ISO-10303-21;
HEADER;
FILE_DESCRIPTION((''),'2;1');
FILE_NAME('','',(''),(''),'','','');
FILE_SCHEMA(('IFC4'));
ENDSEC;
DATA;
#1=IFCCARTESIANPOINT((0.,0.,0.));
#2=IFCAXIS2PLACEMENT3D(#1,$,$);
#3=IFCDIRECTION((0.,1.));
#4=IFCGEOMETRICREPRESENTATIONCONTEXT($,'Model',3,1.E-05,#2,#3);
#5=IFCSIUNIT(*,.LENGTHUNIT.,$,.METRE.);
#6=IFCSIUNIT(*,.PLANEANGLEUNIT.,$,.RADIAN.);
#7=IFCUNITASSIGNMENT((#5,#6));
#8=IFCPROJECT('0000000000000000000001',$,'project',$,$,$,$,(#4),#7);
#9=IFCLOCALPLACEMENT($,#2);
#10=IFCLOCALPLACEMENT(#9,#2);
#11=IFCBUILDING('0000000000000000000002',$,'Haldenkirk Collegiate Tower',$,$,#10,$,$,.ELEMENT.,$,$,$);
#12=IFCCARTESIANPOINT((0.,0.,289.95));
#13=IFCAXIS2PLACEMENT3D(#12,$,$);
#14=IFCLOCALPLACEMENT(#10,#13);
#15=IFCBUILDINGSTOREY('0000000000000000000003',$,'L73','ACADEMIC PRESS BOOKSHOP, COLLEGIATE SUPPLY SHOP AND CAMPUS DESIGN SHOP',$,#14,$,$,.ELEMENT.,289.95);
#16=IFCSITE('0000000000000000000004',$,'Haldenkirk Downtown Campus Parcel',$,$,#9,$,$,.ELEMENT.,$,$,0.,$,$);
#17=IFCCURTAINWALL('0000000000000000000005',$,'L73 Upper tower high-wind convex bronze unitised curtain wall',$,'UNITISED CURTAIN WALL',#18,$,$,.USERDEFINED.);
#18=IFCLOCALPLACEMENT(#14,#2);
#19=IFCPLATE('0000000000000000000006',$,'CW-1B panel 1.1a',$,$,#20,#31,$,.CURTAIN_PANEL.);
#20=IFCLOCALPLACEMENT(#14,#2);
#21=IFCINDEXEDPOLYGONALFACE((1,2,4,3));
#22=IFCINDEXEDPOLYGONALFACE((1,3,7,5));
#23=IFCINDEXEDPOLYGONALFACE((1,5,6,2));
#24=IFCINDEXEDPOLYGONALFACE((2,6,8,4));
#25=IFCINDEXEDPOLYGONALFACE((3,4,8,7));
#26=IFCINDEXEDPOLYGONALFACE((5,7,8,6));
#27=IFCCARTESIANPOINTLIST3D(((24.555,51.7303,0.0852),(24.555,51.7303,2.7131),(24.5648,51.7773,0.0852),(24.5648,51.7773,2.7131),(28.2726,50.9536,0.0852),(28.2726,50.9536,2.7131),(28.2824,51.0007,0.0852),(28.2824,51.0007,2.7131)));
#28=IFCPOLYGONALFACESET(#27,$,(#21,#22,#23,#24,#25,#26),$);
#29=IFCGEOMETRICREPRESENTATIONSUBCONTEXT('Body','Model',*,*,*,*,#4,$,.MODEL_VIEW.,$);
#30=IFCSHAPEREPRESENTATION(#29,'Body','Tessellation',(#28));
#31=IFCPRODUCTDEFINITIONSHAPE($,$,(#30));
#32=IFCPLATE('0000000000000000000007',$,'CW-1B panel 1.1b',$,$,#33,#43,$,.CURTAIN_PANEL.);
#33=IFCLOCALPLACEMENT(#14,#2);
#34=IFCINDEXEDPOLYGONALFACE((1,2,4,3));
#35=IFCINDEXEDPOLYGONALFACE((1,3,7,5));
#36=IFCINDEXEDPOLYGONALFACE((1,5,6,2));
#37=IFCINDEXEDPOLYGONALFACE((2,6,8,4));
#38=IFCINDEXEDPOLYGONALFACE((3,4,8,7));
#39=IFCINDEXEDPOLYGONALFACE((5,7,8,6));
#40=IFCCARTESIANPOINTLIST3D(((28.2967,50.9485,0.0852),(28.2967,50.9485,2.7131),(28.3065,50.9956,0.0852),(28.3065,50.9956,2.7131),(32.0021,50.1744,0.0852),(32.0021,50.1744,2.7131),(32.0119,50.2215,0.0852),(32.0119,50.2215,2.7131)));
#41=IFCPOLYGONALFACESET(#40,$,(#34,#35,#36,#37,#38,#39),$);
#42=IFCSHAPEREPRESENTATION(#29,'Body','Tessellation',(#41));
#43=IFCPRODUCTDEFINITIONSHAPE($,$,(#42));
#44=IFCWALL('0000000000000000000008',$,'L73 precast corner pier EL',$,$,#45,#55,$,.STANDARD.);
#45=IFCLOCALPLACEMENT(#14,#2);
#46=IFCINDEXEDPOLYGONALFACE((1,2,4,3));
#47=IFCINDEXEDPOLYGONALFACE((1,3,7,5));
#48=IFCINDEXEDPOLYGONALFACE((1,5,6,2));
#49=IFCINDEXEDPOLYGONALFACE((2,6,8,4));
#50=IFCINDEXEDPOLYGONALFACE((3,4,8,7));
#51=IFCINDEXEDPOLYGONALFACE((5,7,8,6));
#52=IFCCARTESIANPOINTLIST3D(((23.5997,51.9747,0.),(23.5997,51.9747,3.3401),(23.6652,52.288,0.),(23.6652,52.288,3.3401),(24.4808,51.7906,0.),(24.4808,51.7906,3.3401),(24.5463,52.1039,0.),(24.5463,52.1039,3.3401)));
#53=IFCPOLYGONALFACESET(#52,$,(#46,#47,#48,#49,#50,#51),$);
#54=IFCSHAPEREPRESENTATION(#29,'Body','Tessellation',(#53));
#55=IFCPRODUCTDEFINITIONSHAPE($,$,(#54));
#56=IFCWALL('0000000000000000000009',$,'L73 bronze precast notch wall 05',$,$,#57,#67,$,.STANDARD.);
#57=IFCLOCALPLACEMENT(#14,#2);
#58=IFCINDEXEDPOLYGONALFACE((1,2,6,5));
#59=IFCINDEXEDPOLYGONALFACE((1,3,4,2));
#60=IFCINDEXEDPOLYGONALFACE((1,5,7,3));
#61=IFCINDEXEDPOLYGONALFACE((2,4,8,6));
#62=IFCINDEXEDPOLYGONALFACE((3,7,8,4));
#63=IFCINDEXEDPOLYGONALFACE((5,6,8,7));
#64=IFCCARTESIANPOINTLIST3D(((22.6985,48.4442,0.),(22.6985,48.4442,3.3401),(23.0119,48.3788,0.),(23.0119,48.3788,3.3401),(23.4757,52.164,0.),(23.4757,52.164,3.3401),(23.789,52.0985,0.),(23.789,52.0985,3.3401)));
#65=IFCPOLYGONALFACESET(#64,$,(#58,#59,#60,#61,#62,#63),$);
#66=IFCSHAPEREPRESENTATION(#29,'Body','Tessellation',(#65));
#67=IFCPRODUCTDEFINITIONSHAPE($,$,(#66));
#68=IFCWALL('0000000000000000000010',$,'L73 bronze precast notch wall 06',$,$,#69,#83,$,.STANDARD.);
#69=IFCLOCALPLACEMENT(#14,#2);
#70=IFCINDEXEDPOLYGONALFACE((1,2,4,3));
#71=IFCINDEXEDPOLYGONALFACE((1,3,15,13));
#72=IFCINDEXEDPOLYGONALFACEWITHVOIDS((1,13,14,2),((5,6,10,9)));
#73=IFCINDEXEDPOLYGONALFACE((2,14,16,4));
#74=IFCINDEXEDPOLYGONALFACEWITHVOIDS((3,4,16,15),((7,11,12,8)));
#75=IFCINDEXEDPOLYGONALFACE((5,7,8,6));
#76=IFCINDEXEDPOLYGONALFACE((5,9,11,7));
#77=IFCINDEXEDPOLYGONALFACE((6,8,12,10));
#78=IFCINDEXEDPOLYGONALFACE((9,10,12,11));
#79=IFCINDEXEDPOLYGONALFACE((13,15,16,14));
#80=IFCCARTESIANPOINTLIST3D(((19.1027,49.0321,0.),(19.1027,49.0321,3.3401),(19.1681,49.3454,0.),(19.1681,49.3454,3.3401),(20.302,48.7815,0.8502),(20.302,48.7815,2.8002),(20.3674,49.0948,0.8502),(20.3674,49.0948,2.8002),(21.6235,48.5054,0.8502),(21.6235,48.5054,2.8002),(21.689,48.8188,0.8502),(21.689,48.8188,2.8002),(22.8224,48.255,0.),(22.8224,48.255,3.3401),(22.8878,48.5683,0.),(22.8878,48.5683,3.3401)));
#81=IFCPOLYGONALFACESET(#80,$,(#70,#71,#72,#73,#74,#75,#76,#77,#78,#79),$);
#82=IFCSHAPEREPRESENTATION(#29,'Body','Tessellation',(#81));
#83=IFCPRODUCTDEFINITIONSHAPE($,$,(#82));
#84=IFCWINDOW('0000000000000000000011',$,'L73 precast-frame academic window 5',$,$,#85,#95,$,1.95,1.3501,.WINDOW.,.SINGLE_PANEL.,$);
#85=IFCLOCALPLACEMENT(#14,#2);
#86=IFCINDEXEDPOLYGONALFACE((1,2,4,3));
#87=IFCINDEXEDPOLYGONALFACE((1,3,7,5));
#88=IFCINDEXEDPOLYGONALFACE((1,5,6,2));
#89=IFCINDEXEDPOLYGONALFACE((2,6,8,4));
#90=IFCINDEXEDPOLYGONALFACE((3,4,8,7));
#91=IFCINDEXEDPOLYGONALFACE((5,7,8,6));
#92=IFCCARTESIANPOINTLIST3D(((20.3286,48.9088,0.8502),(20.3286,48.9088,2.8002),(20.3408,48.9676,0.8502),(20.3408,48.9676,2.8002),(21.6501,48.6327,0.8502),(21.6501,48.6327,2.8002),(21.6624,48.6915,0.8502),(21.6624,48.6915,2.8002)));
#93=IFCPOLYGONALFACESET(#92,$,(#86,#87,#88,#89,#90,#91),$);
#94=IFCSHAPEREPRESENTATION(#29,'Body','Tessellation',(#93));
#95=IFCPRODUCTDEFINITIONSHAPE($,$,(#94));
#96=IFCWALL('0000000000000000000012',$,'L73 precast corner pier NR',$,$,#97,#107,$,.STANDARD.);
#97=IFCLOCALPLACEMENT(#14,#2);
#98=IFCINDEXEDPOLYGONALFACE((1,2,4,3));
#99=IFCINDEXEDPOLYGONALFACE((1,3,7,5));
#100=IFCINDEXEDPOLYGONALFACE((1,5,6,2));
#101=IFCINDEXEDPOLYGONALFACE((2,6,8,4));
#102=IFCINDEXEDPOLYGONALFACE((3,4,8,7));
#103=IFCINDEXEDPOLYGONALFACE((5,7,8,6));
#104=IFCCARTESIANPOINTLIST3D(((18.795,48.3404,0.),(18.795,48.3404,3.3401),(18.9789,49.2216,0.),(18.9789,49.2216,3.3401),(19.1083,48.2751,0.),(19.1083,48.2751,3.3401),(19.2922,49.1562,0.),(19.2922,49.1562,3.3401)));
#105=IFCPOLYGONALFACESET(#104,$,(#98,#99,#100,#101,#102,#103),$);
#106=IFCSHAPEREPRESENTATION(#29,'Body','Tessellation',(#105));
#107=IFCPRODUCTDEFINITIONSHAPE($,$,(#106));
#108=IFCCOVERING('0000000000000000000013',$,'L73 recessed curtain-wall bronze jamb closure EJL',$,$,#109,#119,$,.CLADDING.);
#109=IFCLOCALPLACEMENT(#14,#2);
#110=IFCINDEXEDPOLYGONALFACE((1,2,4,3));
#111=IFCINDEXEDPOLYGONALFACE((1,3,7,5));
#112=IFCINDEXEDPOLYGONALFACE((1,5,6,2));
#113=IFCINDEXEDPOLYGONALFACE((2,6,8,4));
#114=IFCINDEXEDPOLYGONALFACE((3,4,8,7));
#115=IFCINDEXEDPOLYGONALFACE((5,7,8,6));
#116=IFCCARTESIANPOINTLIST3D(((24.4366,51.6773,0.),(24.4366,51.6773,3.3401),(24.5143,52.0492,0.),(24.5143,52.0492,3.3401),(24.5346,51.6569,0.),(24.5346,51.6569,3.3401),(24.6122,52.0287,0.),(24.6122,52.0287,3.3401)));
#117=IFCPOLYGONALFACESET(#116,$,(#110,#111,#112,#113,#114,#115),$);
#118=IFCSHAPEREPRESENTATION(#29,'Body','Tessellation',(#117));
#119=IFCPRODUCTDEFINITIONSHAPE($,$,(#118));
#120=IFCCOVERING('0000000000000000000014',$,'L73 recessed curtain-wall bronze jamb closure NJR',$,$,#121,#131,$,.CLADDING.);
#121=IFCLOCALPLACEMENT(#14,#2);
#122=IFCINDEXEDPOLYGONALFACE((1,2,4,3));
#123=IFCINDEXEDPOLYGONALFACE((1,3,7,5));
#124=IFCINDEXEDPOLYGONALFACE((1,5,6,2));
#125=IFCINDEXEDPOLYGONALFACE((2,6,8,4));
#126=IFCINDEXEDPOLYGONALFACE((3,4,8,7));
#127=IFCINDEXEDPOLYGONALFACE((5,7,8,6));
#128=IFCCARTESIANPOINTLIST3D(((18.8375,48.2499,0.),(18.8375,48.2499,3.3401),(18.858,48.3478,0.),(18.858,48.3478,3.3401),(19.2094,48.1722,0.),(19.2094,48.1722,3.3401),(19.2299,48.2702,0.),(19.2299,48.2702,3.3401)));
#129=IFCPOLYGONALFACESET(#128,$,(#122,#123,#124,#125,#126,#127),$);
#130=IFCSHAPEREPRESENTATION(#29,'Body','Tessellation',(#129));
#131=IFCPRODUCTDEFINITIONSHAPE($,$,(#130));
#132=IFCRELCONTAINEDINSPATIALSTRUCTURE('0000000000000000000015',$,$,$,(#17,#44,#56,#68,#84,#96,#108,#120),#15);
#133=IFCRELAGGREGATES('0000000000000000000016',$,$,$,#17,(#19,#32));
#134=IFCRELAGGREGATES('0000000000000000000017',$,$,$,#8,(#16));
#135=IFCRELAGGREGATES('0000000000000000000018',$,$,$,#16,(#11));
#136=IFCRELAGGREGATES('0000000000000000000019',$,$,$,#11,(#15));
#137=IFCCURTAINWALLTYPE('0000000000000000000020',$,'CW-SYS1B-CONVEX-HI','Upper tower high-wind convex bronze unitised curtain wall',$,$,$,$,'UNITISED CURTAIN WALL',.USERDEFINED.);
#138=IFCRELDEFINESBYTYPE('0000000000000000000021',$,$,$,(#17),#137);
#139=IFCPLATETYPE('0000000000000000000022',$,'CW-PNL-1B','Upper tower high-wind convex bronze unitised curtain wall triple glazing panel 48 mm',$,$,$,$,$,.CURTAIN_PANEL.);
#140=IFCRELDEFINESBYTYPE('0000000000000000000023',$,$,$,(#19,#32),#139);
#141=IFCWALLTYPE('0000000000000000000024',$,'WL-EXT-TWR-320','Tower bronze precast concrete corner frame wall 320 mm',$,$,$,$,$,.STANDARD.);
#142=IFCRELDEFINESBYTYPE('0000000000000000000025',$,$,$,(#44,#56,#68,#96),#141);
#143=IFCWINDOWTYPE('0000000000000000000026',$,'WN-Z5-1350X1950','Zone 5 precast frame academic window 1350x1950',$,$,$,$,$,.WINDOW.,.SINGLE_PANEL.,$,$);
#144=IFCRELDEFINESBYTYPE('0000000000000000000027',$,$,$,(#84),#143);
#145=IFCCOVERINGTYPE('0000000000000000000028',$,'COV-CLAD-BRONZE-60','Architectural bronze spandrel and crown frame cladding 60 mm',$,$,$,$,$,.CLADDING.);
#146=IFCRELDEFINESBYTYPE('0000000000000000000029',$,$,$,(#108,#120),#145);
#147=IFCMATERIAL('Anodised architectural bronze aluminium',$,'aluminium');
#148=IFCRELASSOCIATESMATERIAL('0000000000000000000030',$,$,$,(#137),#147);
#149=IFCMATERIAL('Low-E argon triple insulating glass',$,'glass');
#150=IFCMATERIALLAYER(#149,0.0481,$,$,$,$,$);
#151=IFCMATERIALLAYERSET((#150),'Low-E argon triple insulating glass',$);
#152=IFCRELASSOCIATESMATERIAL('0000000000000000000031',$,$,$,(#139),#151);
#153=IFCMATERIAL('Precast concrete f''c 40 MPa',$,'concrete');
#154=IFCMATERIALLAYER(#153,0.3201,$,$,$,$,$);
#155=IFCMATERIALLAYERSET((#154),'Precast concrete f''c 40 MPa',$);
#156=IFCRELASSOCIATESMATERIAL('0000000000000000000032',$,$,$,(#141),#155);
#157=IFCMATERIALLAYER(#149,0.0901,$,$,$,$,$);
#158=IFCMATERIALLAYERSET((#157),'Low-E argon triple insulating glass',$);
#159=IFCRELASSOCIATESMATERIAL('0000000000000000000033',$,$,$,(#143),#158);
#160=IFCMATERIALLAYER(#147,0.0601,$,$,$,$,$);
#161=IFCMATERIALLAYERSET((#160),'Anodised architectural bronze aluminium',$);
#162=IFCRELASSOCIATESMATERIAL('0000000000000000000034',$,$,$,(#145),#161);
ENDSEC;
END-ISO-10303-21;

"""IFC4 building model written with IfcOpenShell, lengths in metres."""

from ifc_helpers import new_model, si_unit, direction, frame, frame_2d, origin, origin_2d, place, context, subcontext, project, spatial, rectangle, extrude, source, transform, mapped, material, layer, layer_set, type_object, element, fill, aggregate, save


model = new_model("IFC4")

# Units and contexts
model_context = context("Model", 3, precision=1e-05, world=origin(), true_north=direction((0.0, 1.0)))
body_context = subcontext(model_context, "Body", "Model", "MODEL_VIEW")
ifc_project = project(units=[si_unit("LENGTHUNIT", "METRE"), si_unit("PLANEANGLEUNIT", "RADIAN")], contexts=[model_context])

# Site, building, storey
site_placement = place(None, origin())
site = spatial("IfcSite", under=ifc_project, at=site_placement, Name="Haldenkirk Downtown Campus Parcel", CompositionType="ELEMENT", RefElevation=0.0)
building_placement = place(site_placement, origin())
building = spatial("IfcBuilding", under=site, at=building_placement, Name="Haldenkirk Collegiate Tower", CompositionType="ELEMENT")
storey_placement = place(building_placement, frame((0.0, 0.0, 289.95)))
storey = spatial("IfcBuildingStorey", under=building, at=storey_placement, Name="L73", Description="ACADEMIC PRESS BOOKSHOP, COLLEGIATE SUPPLY SHOP AND CAMPUS DESIGN SHOP", CompositionType="ELEMENT", Elevation=289.95)

# Curtain wall
ifc_material_1 = material(Name="Anodised architectural bronze aluminium", Category="aluminium")
curtain_wall_type = type_object("IfcCurtainWallType", Name="CW-SYS1B-CONVEX-HI", Description="Upper tower high-wind convex bronze unitised curtain wall", ElementType="UNITISED CURTAIN WALL", PredefinedType="USERDEFINED", material=ifc_material_1)
curtain_wall_1_placement = place(storey_placement, origin())
curtain_wall_1 = element("IfcCurtainWall", 1, at=curtain_wall_1_placement, inside=storey, type_object=curtain_wall_type, Name="L73 Upper tower high-wind convex bronze unitised curtain wall", ObjectType="UNITISED CURTAIN WALL", PredefinedType="USERDEFINED")

# Plates
ifc_material_2 = material(Name="Low-E argon triple insulating glass", Category="glass")
ifc_layer_1 = layer(ifc_material_2, 0.0481)
ifc_layer_set_1 = layer_set([ifc_layer_1], Name="Low-E argon triple insulating glass")
plate_type = type_object("IfcPlateType", Name="CW-PNL-1B", Description="Upper tower high-wind convex bronze unitised curtain wall triple glazing panel 48 mm", PredefinedType="CURTAIN_PANEL", material=ifc_layer_set_1)
shared_shape_1 = source(origin(), body_context, "Body", "SweptSolid", [
    extrude(rectangle(XDim=3.7979, YDim=0.0481, at=origin_2d()), origin(), (0.0, 0.0, 1.0), 2.6279),
])
plate_1_placement = place(storey_placement, frame((26.4187, 51.3655, 0.0852), z_axis=(0.0, 0.0, 1.0), x_axis=(0.978867, -0.204496, 0.0)))
plate_1 = element("IfcPlate", 2, at=plate_1_placement, type_object=plate_type, Name="CW-1B panel 1.1a", PredefinedType="CURTAIN_PANEL", context=body_context, shape_type="MappedRepresentation", body=[
    mapped(shared_shape_1, transform((0.0, 0.0, 0.0), x_axis=(1.0, 0.0, 0.0), y_axis=(0.0, 1.0, 0.0), z_axis=(0.0, 0.0, 1.0), scale=1.0)),
])
shared_shape_2 = source(origin(), body_context, "Body", "SweptSolid", [
    extrude(rectangle(XDim=3.7854, YDim=0.0481, at=origin_2d()), origin(), (0.0, 0.0, 1.0), 2.6279),
])
plate_2_placement = place(storey_placement, frame((30.1543, 50.585, 0.0852), z_axis=(0.0, 0.0, 1.0), x_axis=(0.978867, -0.204496, 0.0)))
plate_2 = element("IfcPlate", 3, at=plate_2_placement, type_object=plate_type, Name="CW-1B panel 1.1b", PredefinedType="CURTAIN_PANEL", context=body_context, shape_type="MappedRepresentation", body=[
    mapped(shared_shape_2, transform((0.0, 0.0, 0.0), x_axis=(1.0, 0.0, 0.0), y_axis=(0.0, 1.0, 0.0), z_axis=(0.0, 0.0, 1.0), scale=1.0)),
])
aggregate(curtain_wall_1, [plate_1, plate_2])

# Walls
ifc_material_3 = material(Name="Precast concrete f'c 40 MPa", Category="concrete")
ifc_layer_2 = layer(ifc_material_3, 0.3201)
ifc_layer_set_2 = layer_set([ifc_layer_2], Name="Precast concrete f'c 40 MPa")
wall_type = type_object("IfcWallType", Name="WL-EXT-TWR-320", Description="Tower bronze precast concrete corner frame wall 320 mm", PredefinedType="STANDARD", material=ifc_layer_set_2)
wall_1_placement = place(storey_placement, frame((23.6323, 52.1313, 0.0), z_axis=(0.0, 0.0, 1.0), x_axis=(0.978865, -0.204507, 0.0)))
element("IfcWall", 4, at=wall_1_placement, inside=storey, type_object=wall_type, Name="L73 precast corner pier EL", PredefinedType="STANDARD", context=body_context, shape_type="SweptSolid", body=[
    extrude(rectangle(XDim=0.9001, YDim=0.3201, at=frame_2d((0.4502, 0.0))), origin(), (0.0, 0.0, 1.0), 3.3401),
])
wall_2_placement = place(storey_placement, frame((22.8552, 48.4116, 0.0), z_axis=(0.0, 0.0, 1.0), x_axis=(0.204498, 0.978867, 0.0)))
element("IfcWall", 5, at=wall_2_placement, inside=storey, type_object=wall_type, Name="L73 bronze precast notch wall 05", PredefinedType="STANDARD", context=body_context, shape_type="SweptSolid", body=[
    extrude(rectangle(XDim=3.8, YDim=0.3201, at=frame_2d((1.8999, 0.0))), origin(), (0.0, 0.0, 1.0), 3.3401),
])

# Wall, opening, window
wall_3_placement = place(storey_placement, frame((19.1355, 49.1887, 0.0), z_axis=(0.0, 0.0, 1.0), x_axis=(0.978867, -0.204498, 0.0)))
wall_3 = element("IfcWall", 6, at=wall_3_placement, inside=storey, type_object=wall_type, Name="L73 bronze precast notch wall 06", PredefinedType="STANDARD", context=body_context, shape_type="SweptSolid", body=[
    extrude(rectangle(XDim=3.8, YDim=0.3201, at=frame_2d((1.8999, 0.0))), origin(), (0.0, 0.0, 1.0), 3.3401),
])
opening_placement = place(wall_3_placement, frame((1.2251, 0.0, 0.8501)))
opening = element("IfcOpeningElement", 7, at=opening_placement, cuts=wall_3, PredefinedType="OPENING", context=body_context, shape_type="SweptSolid", body=[
    extrude(rectangle(XDim=1.3501, YDim=1.95, at=frame_2d((0.675, 0.9751))), frame((0.0, 0.1699, 0.0), z_axis=(0.0, -1.0, 0.0), x_axis=(1.0, 0.0, 0.0)), (0.0, 0.0, 1.0), 0.3401),
])
ifc_layer_3 = layer(ifc_material_2, 0.0901)
ifc_layer_set_3 = layer_set([ifc_layer_3], Name="Low-E argon triple insulating glass")
window_type = type_object("IfcWindowType", Name="WN-Z5-1350X1950", Description="Zone 5 precast frame academic window 1350x1950", PartitioningType="SINGLE_PANEL", PredefinedType="WINDOW", material=ifc_layer_set_3)
window_placement = place(opening_placement, origin())
window = element("IfcWindow", 8, at=window_placement, inside=storey, type_object=window_type, Name="L73 precast-frame academic window 5", OverallHeight=1.95, OverallWidth=1.3501, PartitioningType="SINGLE_PANEL", PredefinedType="WINDOW", context=body_context, shape_type="SweptSolid", body=[
    extrude(rectangle(XDim=1.3501, YDim=1.95, at=frame_2d((0.675, 0.9751))), frame((0.0, 0.03, 0.0), z_axis=(0.0, -1.0, 0.0), x_axis=(1.0, 0.0, 0.0)), (0.0, 0.0, 1.0), 0.0601),
])
fill(opening, window)

# Wall
wall_4_placement = place(storey_placement, frame((18.9517, 48.3076, 0.0), z_axis=(0.0, 0.0, 1.0), x_axis=(0.204247, 0.978919, 0.0)))
element("IfcWall", 9, at=wall_4_placement, inside=storey, type_object=wall_type, Name="L73 precast corner pier NR", PredefinedType="STANDARD", context=body_context, shape_type="SweptSolid", body=[
    extrude(rectangle(XDim=0.9001, YDim=0.3201, at=frame_2d((0.4502, 0.0))), origin(), (0.0, 0.0, 1.0), 3.3401),
])

# Coverings
ifc_layer_4 = layer(ifc_material_1, 0.0601)
ifc_layer_set_4 = layer_set([ifc_layer_4], Name="Anodised architectural bronze aluminium")
covering_type = type_object("IfcCoveringType", Name="COV-CLAD-BRONZE-60", Description="Architectural bronze spandrel and crown frame cladding 60 mm", PredefinedType="CLADDING", material=ifc_layer_set_4)
shared_shape_3 = source(origin(), body_context, "Body", "SweptSolid", [
    extrude(rectangle(XDim=0.1001, YDim=0.3799, at=origin_2d()), origin(), (0.0, 0.0, 1.0), 3.3401),
])
for number, where, z_axis, x_axis, name in (
    (10, (24.5244, 51.853, 0.0), (0.0, 0.0, 1.0), (0.978867, -0.204496, 0.0), "L73 recessed curtain-wall bronze jamb closure EJL"),
    (11, (19.0337, 48.26, 0.0), (0.0, 0.0, 1.0), (0.204496, 0.978867, 0.0), "L73 recessed curtain-wall bronze jamb closure NJR"),
):
    element("IfcCovering", number, at=place(storey_placement, frame(where, z_axis=z_axis, x_axis=x_axis)), inside=storey, type_object=covering_type, Name=name, PredefinedType="CLADDING", context=body_context, shape_type="MappedRepresentation", body=[
        mapped(shared_shape_3, transform((0.0, 0.0, 0.0), x_axis=(1.0, 0.0, 0.0), y_axis=(0.0, 1.0, 0.0), z_axis=(0.0, 0.0, 1.0), scale=1.0)),
    ])

save(model, "model.ifc")
